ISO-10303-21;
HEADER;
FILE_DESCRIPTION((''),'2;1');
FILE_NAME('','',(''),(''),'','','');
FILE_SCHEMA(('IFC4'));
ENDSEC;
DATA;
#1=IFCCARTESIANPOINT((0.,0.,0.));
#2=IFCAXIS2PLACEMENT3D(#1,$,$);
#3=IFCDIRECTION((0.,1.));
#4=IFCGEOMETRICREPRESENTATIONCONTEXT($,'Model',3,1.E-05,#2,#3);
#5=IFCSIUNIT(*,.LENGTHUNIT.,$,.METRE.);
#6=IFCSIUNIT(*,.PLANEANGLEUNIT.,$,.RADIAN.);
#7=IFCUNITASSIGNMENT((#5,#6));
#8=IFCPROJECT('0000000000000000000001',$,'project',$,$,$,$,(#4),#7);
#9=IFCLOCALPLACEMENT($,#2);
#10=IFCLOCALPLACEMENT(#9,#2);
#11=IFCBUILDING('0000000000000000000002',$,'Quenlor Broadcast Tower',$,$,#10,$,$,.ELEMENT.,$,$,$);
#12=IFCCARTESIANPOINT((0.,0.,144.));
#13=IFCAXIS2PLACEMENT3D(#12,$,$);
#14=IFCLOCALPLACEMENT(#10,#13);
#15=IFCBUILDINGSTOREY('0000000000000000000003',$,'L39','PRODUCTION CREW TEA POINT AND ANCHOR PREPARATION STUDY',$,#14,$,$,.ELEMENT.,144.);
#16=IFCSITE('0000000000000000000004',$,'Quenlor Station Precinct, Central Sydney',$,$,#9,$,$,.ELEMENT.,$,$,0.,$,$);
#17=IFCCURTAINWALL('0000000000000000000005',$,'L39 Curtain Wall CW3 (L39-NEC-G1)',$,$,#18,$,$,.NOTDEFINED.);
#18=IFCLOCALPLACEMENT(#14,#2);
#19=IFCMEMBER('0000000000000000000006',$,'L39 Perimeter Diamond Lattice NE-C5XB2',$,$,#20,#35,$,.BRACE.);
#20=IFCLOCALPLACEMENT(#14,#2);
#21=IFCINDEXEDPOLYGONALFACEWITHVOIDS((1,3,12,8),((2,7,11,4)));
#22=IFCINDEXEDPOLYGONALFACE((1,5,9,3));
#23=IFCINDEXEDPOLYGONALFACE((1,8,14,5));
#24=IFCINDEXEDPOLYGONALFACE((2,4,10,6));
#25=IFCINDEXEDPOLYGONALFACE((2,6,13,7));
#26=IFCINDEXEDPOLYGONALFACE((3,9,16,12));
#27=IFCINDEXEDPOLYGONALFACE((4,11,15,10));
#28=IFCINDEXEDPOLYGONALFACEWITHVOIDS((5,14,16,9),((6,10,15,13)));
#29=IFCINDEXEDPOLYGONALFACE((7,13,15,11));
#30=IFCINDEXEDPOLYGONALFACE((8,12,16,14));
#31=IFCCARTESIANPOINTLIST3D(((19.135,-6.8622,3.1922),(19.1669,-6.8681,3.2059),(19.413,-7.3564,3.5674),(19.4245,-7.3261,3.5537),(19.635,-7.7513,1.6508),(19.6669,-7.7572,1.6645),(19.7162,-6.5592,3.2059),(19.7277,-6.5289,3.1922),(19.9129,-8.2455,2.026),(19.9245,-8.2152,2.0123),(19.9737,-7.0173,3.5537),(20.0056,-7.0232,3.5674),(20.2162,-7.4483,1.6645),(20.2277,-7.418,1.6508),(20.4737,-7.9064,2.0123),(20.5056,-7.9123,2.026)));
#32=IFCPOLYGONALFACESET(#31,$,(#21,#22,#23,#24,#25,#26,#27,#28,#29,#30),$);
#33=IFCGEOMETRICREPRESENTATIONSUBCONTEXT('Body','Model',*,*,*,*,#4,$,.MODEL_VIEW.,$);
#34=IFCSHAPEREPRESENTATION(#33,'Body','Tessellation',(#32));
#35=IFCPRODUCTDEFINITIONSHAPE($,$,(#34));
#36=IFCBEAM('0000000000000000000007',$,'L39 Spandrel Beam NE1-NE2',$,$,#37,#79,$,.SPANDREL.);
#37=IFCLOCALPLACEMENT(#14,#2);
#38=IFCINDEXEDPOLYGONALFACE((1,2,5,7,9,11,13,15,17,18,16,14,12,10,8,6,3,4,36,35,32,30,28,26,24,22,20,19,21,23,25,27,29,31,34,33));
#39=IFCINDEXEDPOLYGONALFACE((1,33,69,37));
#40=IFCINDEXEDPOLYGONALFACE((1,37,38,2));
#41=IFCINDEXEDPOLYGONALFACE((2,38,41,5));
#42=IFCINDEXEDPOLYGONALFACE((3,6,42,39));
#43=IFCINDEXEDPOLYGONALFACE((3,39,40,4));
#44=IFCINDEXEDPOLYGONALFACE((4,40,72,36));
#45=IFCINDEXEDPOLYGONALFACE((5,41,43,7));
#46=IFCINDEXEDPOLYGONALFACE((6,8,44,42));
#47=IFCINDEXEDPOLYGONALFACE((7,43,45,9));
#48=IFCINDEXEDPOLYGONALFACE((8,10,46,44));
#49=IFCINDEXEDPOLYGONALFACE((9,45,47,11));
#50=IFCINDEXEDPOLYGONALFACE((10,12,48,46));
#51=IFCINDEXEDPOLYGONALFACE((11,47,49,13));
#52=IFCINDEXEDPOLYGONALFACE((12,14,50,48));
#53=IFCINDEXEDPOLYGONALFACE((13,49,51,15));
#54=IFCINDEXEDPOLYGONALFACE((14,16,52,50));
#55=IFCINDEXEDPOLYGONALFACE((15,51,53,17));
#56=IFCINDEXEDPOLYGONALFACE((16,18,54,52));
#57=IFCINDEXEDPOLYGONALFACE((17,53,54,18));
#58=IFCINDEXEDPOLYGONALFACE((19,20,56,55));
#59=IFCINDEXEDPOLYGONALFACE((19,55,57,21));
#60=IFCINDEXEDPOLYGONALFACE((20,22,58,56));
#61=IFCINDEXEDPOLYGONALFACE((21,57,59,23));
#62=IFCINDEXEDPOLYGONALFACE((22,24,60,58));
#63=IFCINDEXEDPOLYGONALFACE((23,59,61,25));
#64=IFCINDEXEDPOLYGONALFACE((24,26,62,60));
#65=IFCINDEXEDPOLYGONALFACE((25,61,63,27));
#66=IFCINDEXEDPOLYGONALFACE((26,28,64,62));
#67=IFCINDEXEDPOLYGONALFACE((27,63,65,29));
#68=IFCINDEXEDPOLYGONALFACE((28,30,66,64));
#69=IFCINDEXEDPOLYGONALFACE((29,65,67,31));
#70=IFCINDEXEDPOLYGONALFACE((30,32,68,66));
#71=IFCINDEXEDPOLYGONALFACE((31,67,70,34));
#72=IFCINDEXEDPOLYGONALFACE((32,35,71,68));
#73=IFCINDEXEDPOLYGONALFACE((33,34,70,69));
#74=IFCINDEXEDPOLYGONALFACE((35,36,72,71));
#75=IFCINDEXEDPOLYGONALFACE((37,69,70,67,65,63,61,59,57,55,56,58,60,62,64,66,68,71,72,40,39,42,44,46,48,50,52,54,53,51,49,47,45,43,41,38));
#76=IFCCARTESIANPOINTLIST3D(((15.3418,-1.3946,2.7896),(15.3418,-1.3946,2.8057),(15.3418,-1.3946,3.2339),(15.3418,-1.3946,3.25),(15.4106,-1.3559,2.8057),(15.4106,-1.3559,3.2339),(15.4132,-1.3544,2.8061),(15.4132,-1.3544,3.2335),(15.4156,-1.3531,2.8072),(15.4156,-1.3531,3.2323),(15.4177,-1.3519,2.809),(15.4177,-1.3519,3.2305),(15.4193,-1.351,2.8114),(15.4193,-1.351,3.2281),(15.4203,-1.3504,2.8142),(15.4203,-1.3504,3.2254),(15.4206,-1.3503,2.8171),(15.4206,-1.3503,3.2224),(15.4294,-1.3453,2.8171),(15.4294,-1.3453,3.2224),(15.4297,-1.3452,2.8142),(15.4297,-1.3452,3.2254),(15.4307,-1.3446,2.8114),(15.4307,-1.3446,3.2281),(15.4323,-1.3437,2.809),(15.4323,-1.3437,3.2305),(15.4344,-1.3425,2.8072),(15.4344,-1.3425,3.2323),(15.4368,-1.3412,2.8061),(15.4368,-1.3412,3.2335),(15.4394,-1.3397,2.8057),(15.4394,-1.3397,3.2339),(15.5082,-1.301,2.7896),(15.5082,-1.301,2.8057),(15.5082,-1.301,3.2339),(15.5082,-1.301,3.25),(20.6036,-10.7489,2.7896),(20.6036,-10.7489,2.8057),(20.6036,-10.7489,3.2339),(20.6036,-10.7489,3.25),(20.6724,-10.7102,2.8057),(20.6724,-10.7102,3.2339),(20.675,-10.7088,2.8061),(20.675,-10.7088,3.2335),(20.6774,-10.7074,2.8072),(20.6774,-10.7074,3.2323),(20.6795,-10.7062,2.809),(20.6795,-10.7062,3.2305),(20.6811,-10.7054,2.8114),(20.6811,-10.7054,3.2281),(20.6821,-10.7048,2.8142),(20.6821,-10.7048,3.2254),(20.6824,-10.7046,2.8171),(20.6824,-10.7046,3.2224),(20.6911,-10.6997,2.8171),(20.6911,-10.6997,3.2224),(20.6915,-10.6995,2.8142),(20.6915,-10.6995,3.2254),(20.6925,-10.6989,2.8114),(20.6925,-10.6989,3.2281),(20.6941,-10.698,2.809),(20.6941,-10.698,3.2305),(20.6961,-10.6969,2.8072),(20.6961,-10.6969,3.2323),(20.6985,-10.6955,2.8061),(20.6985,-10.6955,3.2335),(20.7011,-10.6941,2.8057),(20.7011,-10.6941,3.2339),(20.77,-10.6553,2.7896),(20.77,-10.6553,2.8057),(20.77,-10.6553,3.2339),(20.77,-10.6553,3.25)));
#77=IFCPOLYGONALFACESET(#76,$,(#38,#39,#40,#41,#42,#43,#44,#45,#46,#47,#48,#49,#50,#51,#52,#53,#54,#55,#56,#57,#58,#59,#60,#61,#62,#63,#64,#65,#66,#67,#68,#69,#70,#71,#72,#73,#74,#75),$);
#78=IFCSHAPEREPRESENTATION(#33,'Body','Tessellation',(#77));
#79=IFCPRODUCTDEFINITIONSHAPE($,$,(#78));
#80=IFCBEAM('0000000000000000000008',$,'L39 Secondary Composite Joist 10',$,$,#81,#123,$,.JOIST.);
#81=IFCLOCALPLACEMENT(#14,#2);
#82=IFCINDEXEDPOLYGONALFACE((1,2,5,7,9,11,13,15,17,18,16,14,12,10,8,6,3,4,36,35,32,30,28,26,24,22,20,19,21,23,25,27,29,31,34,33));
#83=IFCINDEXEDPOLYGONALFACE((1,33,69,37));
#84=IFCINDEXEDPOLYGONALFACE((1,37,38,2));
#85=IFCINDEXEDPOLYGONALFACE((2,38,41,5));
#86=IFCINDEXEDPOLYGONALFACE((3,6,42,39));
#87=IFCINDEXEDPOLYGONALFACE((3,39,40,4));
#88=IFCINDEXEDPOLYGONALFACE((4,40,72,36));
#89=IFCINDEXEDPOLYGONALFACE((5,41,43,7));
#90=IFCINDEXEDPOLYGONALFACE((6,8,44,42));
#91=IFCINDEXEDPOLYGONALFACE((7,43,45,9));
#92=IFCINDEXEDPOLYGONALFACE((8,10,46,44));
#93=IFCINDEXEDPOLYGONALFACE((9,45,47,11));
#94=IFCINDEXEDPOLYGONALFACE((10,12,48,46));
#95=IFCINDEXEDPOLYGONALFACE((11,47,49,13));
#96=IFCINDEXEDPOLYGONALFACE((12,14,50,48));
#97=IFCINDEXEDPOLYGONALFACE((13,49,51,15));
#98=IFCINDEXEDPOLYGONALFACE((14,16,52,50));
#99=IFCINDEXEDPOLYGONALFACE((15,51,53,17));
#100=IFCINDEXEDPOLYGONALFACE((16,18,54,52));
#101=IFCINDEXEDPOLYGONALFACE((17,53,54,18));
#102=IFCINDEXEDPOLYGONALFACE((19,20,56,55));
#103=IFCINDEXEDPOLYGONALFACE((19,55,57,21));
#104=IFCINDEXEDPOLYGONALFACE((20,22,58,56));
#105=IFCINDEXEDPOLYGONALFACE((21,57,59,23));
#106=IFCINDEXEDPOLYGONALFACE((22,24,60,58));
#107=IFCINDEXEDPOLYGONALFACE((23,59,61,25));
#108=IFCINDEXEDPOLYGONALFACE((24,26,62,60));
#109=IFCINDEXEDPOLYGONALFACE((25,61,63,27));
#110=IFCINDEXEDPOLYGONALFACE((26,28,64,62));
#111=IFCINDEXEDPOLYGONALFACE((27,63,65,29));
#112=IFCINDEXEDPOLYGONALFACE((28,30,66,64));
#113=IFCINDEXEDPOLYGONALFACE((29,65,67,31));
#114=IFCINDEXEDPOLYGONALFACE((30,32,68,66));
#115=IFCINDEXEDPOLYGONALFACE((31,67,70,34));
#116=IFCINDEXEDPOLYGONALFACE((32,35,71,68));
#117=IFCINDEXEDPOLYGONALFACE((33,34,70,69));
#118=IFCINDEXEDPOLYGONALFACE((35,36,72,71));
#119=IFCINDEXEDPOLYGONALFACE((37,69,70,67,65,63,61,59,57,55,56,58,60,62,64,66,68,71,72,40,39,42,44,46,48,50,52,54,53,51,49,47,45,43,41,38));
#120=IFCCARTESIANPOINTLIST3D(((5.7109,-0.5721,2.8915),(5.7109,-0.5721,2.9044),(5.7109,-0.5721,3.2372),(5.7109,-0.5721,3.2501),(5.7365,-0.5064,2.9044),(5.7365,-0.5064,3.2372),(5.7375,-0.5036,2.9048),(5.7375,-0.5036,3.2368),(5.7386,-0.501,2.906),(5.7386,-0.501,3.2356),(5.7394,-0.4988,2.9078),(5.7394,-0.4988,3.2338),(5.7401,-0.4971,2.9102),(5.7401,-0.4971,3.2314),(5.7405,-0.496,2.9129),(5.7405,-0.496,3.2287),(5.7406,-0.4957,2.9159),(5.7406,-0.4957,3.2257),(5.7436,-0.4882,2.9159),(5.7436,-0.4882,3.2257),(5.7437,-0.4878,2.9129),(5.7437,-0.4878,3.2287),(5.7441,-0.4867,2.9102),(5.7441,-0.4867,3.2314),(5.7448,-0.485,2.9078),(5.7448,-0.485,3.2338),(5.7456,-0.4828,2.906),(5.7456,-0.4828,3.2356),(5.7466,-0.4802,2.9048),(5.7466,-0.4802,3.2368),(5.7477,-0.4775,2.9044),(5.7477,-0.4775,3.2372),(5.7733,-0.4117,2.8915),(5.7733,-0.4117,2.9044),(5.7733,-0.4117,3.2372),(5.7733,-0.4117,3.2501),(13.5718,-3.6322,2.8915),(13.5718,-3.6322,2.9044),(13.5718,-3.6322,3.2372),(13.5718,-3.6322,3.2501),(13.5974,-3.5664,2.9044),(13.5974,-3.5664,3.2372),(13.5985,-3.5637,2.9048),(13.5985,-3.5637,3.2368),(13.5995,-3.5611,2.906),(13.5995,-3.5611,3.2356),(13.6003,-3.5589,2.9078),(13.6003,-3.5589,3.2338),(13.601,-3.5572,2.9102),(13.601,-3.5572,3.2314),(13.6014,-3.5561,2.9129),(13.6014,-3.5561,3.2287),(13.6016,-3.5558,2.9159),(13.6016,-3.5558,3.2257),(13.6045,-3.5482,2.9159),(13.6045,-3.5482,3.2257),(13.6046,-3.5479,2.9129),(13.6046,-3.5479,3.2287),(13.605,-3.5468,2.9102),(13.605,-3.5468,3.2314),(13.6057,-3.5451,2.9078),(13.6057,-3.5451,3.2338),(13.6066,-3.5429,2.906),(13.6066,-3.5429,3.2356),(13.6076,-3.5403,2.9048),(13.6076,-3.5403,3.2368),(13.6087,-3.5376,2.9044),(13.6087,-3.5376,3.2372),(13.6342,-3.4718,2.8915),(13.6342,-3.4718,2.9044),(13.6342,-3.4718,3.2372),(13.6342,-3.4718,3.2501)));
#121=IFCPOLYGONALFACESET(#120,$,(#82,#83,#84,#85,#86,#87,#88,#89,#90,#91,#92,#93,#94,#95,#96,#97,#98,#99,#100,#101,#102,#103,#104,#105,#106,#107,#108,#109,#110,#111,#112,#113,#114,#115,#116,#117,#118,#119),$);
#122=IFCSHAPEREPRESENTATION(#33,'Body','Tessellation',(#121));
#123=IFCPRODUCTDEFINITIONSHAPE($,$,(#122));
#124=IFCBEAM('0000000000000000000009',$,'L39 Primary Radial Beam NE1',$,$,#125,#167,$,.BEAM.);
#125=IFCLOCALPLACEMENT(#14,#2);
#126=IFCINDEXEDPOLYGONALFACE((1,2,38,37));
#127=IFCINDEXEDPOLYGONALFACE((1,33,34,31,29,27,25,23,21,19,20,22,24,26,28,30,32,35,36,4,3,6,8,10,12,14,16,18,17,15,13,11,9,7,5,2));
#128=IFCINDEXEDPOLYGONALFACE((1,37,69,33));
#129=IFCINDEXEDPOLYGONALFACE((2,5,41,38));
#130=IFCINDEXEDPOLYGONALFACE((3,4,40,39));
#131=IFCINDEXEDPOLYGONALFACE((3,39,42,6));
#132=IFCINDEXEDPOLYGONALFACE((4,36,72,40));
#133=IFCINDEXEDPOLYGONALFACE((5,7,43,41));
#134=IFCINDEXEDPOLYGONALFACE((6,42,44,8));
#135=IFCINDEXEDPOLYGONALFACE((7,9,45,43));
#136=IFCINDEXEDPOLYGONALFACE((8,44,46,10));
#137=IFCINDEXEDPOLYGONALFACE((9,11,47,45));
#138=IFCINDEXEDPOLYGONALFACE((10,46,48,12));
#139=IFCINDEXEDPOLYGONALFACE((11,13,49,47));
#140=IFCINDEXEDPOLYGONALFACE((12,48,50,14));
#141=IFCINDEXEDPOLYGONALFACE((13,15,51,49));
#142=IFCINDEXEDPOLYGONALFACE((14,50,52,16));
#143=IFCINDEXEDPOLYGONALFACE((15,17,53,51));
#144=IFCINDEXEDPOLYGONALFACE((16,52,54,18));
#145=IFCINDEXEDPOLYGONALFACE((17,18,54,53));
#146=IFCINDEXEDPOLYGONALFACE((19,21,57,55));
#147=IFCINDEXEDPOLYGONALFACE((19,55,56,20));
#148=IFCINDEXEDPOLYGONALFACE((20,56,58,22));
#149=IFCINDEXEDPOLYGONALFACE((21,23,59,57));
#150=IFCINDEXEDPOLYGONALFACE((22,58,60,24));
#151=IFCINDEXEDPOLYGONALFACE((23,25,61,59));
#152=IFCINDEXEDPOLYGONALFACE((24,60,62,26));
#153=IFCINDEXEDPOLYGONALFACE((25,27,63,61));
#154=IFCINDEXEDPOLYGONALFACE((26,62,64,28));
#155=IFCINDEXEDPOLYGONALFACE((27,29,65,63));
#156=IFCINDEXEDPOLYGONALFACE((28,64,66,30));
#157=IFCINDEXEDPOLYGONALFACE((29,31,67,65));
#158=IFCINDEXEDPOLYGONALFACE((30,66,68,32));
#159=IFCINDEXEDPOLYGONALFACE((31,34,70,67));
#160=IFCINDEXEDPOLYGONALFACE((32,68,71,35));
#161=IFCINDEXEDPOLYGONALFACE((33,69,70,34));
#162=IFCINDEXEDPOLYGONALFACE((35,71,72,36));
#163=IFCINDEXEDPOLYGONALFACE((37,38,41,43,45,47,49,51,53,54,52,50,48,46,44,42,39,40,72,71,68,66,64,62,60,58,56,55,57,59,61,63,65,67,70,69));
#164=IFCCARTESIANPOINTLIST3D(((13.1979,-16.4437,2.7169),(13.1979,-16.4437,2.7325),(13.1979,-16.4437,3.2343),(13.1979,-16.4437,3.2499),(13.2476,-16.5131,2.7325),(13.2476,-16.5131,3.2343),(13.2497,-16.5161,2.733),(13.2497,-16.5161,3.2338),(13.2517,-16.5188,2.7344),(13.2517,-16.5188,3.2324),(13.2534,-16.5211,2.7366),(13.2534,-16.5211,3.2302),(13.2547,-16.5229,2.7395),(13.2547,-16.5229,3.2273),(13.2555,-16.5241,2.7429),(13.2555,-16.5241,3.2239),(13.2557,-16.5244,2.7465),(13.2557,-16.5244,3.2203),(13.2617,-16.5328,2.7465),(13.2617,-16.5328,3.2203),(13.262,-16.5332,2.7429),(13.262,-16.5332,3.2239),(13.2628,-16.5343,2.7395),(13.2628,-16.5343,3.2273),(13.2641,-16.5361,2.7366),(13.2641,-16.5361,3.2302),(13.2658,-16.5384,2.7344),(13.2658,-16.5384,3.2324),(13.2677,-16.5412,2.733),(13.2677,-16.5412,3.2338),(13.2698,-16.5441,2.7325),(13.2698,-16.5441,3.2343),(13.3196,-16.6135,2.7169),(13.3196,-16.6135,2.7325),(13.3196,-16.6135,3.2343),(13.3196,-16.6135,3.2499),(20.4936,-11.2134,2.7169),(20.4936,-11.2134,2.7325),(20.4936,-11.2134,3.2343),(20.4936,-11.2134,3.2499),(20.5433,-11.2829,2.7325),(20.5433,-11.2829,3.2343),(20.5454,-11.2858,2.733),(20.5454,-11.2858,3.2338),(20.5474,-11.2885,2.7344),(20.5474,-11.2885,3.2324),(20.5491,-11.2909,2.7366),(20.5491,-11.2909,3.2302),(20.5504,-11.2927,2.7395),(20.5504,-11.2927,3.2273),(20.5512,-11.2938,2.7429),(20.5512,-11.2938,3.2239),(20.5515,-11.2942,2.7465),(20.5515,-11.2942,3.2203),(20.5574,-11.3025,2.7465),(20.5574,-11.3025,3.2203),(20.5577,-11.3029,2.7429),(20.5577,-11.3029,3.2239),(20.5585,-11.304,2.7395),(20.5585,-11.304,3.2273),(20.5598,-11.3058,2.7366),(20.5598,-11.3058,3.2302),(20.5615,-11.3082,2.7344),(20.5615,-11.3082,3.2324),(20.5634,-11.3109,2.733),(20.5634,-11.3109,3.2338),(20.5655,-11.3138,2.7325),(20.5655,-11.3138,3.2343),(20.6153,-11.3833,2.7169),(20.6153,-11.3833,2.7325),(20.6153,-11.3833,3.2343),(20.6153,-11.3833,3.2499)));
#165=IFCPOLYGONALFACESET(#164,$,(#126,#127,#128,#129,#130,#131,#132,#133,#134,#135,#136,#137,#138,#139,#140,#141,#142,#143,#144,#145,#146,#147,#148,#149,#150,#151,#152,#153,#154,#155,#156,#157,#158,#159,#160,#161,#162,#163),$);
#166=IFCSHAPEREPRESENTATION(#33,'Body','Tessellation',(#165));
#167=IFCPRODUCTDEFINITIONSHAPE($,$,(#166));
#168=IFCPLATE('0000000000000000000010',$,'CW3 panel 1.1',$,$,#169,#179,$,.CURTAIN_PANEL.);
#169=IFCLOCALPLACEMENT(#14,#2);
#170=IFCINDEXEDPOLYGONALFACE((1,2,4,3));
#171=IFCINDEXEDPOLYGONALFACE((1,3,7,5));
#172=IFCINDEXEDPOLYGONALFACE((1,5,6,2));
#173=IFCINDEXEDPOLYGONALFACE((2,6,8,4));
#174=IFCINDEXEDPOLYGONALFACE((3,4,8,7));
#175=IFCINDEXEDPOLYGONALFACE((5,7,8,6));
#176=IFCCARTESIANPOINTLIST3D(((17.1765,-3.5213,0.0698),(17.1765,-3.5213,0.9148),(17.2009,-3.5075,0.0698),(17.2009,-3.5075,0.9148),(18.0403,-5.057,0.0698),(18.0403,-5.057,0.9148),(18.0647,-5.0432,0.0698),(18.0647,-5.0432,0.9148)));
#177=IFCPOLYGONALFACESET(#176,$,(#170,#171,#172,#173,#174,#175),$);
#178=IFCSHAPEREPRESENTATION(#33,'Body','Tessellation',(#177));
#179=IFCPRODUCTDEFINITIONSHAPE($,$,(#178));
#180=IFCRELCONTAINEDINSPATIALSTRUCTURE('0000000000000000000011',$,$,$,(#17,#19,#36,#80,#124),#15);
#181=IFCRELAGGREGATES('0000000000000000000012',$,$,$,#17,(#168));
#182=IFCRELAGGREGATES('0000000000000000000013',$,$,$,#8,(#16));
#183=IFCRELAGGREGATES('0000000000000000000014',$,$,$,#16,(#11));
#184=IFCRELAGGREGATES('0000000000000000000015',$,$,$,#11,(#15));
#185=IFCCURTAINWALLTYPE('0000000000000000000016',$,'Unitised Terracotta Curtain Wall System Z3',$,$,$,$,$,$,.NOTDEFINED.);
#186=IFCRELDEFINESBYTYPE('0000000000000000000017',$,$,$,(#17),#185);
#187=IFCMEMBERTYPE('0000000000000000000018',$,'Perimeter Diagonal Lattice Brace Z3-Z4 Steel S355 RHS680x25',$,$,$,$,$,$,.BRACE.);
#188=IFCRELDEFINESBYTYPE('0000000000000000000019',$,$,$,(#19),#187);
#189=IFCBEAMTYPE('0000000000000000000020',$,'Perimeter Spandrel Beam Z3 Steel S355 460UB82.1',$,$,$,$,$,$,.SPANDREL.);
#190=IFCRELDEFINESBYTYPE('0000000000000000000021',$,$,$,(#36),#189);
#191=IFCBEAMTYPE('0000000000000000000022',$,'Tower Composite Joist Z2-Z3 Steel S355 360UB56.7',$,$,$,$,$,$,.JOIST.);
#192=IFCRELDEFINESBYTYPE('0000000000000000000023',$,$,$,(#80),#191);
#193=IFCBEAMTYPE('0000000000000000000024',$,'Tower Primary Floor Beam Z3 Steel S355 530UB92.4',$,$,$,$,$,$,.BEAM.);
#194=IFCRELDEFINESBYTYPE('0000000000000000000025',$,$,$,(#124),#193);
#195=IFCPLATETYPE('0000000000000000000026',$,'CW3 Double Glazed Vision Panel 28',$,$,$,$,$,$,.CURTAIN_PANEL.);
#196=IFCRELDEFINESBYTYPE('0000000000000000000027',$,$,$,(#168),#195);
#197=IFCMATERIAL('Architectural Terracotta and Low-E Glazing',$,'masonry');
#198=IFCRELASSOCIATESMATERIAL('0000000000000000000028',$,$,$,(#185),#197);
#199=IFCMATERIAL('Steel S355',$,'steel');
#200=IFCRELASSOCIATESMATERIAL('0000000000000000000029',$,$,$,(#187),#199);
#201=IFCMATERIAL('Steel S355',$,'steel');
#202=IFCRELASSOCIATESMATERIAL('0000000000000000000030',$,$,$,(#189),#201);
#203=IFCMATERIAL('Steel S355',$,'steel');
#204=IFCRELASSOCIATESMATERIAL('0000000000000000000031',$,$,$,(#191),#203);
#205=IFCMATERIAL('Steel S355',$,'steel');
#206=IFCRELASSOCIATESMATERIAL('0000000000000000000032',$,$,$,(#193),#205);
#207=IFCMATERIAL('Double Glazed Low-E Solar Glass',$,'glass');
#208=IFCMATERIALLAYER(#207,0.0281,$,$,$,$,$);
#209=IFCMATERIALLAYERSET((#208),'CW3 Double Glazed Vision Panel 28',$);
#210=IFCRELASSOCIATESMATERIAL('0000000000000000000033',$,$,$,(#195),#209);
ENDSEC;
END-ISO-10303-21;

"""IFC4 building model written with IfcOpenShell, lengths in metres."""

from ifc_helpers import new_model, si_unit, direction, frame, origin, origin_2d, place, context, subcontext, project, spatial, rectangle, hollow_rectangle, i_section, extrude, material, layer, layer_set, material_profile, profile_set, type_object, element, aggregate, save


model = new_model("IFC4")

# Units and contexts
model_context = context("Model", 3, precision=1e-05, world=origin(), true_north=direction((0.0, 1.0)))
body_context = subcontext(model_context, "Body", "Model", "MODEL_VIEW")
ifc_project = project(units=[si_unit("LENGTHUNIT", "METRE"), si_unit("PLANEANGLEUNIT", "RADIAN")], contexts=[model_context])

# Site, building, storey
site_placement = place(None, origin())
site = spatial("IfcSite", under=ifc_project, at=site_placement, Name="Quenlor Station Precinct, Central Sydney", CompositionType="ELEMENT", RefElevation=0.0)
building_placement = place(site_placement, origin())
building = spatial("IfcBuilding", under=site, at=building_placement, Name="Quenlor Broadcast Tower", CompositionType="ELEMENT")
storey_placement = place(building_placement, frame((0.0, 0.0, 144.0)))
storey = spatial("IfcBuildingStorey", under=building, at=storey_placement, Name="L39", Description="PRODUCTION CREW TEA POINT AND ANCHOR PREPARATION STUDY", CompositionType="ELEMENT", Elevation=144.0)

# Curtain wall
ifc_material_1 = material(Name="Architectural Terracotta and Low-E Glazing", Category="masonry")
curtain_wall_type = type_object("IfcCurtainWallType", Name="Unitised Terracotta Curtain Wall System Z3", PredefinedType="NOTDEFINED", material=ifc_material_1)
curtain_wall_placement = place(storey_placement, origin())
curtain_wall = element("IfcCurtainWall", 1, at=curtain_wall_placement, inside=storey, type_object=curtain_wall_type, Name="L39 Curtain Wall CW3 (L39-NEC-G1)", PredefinedType="NOTDEFINED")

# Member
ifc_material_2 = material(Name="Steel S355", Category="steel")
ifc_material_profile_1 = material_profile(ifc_material_2, hollow_rectangle(XDim=0.6799, YDim=0.6799, WallThickness=0.0249, at=origin_2d()))
ifc_profile_set_1 = profile_set([ifc_material_profile_1], Name="Steel S355 RHS680x680x25")
member_type_1 = type_object("IfcMemberType", Name="Perimeter Diagonal Lattice Brace Z3-Z4 Steel S355 RHS680x25", PredefinedType="BRACE", material=ifc_profile_set_1)
member_1_placement = place(storey_placement, frame((20.0703, -7.8318, 1.8384), z_axis=(-0.270494, 0.481025, 0.833935), x_axis=(-0.871639, -0.490148, 0.0)))
element("IfcMember", 2, at=member_1_placement, inside=storey, type_object=member_type_1, Name="L39 Perimeter Diamond Lattice NE-C5XB2", PredefinedType="BRACE", context=body_context, shape_type="SweptSolid", body=[
    extrude(hollow_rectangle(XDim=0.6799, YDim=0.6799, WallThickness=0.0249, at=origin_2d()), origin(), (0.0, 0.0, 1.0), 1.8484),
])

# Beams
ifc_material_3 = material(Name="Steel S355", Category="steel")
ifc_material_profile_2 = material_profile(ifc_material_3, i_section(OverallWidth=0.1909, OverallDepth=0.4604, WebThickness=0.01, FlangeThickness=0.0161, FilletRadius=0.0115, at=origin_2d()))
ifc_profile_set_2 = profile_set([ifc_material_profile_2], Name="Steel S355 460UB82.1")
beam_type_1 = type_object("IfcBeamType", Name="Perimeter Spandrel Beam Z3 Steel S355 460UB82.1", PredefinedType="SPANDREL", material=ifc_profile_set_2)
beam_1_placement = place(storey_placement, frame((20.6868, -10.7021, 3.0198), z_axis=(-0.490258, 0.871577, 0.0), x_axis=(-0.871577, -0.490258, 0.0)))
element("IfcBeam", 3, at=beam_1_placement, inside=storey, type_object=beam_type_1, Name="L39 Spandrel Beam NE1-NE2", PredefinedType="SPANDREL", context=body_context, shape_type="SweptSolid", body=[
    extrude(i_section(OverallWidth=0.1909, OverallDepth=0.4604, WebThickness=0.01, FlangeThickness=0.0161, FilletRadius=0.0115, at=origin_2d()), origin(), (0.0, 0.0, 1.0), 10.7327),
])
ifc_material_4 = material(Name="Steel S355", Category="steel")
ifc_material_profile_3 = material_profile(ifc_material_4, i_section(OverallWidth=0.1721, OverallDepth=0.3586, WebThickness=0.0081, FlangeThickness=0.0129, FilletRadius=0.0115, at=origin_2d()))
ifc_profile_set_3 = profile_set([ifc_material_profile_3], Name="Steel S355 360UB56.7")
beam_type_2 = type_object("IfcBeamType", Name="Tower Composite Joist Z2-Z3 Steel S355 360UB56.7", PredefinedType="JOIST", material=ifc_profile_set_3)
beam_2_placement = place(storey_placement, frame((13.603, -3.552, 3.0708), z_axis=(-0.931882, 0.362762, 0.0), x_axis=(-0.362762, -0.931882, 0.0)))
element("IfcBeam", 4, at=beam_2_placement, inside=storey, type_object=beam_type_2, Name="L39 Secondary Composite Joist 10", PredefinedType="JOIST", context=body_context, shape_type="SweptSolid", body=[
    extrude(i_section(OverallWidth=0.1721, OverallDepth=0.3586, WebThickness=0.0081, FlangeThickness=0.0129, FilletRadius=0.0115, at=origin_2d()), origin(), (0.0, 0.0, 1.0), 8.4355),
])
ifc_material_5 = material(Name="Steel S355", Category="steel")
ifc_material_profile_4 = material_profile(ifc_material_5, i_section(OverallWidth=0.209, OverallDepth=0.533, WebThickness=0.0103, FlangeThickness=0.0156, FilletRadius=0.0139, at=origin_2d()))
ifc_profile_set_4 = profile_set([ifc_material_profile_4], Name="Steel S355 530UB92.4")
beam_type_3 = type_object("IfcBeamType", Name="Tower Primary Floor Beam Z3 Steel S355 530UB92.4", PredefinedType="BEAM", material=ifc_profile_set_4)
beam_3_placement = place(storey_placement, frame((20.5544, -11.2983, 2.9834), z_axis=(-0.812729, -0.582642, 0.0), x_axis=(0.582642, -0.812729, 0.0)))
element("IfcBeam", 5, at=beam_3_placement, inside=storey, type_object=beam_type_3, Name="L39 Primary Radial Beam NE1", PredefinedType="BEAM", context=body_context, shape_type="SweptSolid", body=[
    extrude(i_section(OverallWidth=0.209, OverallDepth=0.533, WebThickness=0.0103, FlangeThickness=0.0156, FilletRadius=0.0139, at=origin_2d()), origin(), (0.0, 0.0, 1.0), 8.9768),
])

# Plate
ifc_material_6 = material(Name="Double Glazed Low-E Solar Glass", Category="glass")
ifc_layer_1 = layer(ifc_material_6, 0.0281)
ifc_layer_set_1 = layer_set([ifc_layer_1], Name="CW3 Double Glazed Vision Panel 28")
plate_type_1 = type_object("IfcPlateType", Name="CW3 Double Glazed Vision Panel 28", PredefinedType="CURTAIN_PANEL", material=ifc_layer_set_1)
plate_1_placement = place(storey_placement, frame((17.6206, -4.2822, 0.0698), z_axis=(0.0, 0.0, 1.0), x_axis=(0.490259, -0.871577, 0.0)))
plate_1 = element("IfcPlate", 6, at=plate_1_placement, type_object=plate_type_1, Name="CW3 panel 1.1", PredefinedType="CURTAIN_PANEL", context=body_context, shape_type="SweptSolid", body=[
    extrude(rectangle(XDim=1.762, YDim=0.0281, at=origin_2d()), origin(), (0.0, 0.0, 1.0), 0.845),
])
aggregate(curtain_wall, [plate_1])

save(model, "model.ifc")
